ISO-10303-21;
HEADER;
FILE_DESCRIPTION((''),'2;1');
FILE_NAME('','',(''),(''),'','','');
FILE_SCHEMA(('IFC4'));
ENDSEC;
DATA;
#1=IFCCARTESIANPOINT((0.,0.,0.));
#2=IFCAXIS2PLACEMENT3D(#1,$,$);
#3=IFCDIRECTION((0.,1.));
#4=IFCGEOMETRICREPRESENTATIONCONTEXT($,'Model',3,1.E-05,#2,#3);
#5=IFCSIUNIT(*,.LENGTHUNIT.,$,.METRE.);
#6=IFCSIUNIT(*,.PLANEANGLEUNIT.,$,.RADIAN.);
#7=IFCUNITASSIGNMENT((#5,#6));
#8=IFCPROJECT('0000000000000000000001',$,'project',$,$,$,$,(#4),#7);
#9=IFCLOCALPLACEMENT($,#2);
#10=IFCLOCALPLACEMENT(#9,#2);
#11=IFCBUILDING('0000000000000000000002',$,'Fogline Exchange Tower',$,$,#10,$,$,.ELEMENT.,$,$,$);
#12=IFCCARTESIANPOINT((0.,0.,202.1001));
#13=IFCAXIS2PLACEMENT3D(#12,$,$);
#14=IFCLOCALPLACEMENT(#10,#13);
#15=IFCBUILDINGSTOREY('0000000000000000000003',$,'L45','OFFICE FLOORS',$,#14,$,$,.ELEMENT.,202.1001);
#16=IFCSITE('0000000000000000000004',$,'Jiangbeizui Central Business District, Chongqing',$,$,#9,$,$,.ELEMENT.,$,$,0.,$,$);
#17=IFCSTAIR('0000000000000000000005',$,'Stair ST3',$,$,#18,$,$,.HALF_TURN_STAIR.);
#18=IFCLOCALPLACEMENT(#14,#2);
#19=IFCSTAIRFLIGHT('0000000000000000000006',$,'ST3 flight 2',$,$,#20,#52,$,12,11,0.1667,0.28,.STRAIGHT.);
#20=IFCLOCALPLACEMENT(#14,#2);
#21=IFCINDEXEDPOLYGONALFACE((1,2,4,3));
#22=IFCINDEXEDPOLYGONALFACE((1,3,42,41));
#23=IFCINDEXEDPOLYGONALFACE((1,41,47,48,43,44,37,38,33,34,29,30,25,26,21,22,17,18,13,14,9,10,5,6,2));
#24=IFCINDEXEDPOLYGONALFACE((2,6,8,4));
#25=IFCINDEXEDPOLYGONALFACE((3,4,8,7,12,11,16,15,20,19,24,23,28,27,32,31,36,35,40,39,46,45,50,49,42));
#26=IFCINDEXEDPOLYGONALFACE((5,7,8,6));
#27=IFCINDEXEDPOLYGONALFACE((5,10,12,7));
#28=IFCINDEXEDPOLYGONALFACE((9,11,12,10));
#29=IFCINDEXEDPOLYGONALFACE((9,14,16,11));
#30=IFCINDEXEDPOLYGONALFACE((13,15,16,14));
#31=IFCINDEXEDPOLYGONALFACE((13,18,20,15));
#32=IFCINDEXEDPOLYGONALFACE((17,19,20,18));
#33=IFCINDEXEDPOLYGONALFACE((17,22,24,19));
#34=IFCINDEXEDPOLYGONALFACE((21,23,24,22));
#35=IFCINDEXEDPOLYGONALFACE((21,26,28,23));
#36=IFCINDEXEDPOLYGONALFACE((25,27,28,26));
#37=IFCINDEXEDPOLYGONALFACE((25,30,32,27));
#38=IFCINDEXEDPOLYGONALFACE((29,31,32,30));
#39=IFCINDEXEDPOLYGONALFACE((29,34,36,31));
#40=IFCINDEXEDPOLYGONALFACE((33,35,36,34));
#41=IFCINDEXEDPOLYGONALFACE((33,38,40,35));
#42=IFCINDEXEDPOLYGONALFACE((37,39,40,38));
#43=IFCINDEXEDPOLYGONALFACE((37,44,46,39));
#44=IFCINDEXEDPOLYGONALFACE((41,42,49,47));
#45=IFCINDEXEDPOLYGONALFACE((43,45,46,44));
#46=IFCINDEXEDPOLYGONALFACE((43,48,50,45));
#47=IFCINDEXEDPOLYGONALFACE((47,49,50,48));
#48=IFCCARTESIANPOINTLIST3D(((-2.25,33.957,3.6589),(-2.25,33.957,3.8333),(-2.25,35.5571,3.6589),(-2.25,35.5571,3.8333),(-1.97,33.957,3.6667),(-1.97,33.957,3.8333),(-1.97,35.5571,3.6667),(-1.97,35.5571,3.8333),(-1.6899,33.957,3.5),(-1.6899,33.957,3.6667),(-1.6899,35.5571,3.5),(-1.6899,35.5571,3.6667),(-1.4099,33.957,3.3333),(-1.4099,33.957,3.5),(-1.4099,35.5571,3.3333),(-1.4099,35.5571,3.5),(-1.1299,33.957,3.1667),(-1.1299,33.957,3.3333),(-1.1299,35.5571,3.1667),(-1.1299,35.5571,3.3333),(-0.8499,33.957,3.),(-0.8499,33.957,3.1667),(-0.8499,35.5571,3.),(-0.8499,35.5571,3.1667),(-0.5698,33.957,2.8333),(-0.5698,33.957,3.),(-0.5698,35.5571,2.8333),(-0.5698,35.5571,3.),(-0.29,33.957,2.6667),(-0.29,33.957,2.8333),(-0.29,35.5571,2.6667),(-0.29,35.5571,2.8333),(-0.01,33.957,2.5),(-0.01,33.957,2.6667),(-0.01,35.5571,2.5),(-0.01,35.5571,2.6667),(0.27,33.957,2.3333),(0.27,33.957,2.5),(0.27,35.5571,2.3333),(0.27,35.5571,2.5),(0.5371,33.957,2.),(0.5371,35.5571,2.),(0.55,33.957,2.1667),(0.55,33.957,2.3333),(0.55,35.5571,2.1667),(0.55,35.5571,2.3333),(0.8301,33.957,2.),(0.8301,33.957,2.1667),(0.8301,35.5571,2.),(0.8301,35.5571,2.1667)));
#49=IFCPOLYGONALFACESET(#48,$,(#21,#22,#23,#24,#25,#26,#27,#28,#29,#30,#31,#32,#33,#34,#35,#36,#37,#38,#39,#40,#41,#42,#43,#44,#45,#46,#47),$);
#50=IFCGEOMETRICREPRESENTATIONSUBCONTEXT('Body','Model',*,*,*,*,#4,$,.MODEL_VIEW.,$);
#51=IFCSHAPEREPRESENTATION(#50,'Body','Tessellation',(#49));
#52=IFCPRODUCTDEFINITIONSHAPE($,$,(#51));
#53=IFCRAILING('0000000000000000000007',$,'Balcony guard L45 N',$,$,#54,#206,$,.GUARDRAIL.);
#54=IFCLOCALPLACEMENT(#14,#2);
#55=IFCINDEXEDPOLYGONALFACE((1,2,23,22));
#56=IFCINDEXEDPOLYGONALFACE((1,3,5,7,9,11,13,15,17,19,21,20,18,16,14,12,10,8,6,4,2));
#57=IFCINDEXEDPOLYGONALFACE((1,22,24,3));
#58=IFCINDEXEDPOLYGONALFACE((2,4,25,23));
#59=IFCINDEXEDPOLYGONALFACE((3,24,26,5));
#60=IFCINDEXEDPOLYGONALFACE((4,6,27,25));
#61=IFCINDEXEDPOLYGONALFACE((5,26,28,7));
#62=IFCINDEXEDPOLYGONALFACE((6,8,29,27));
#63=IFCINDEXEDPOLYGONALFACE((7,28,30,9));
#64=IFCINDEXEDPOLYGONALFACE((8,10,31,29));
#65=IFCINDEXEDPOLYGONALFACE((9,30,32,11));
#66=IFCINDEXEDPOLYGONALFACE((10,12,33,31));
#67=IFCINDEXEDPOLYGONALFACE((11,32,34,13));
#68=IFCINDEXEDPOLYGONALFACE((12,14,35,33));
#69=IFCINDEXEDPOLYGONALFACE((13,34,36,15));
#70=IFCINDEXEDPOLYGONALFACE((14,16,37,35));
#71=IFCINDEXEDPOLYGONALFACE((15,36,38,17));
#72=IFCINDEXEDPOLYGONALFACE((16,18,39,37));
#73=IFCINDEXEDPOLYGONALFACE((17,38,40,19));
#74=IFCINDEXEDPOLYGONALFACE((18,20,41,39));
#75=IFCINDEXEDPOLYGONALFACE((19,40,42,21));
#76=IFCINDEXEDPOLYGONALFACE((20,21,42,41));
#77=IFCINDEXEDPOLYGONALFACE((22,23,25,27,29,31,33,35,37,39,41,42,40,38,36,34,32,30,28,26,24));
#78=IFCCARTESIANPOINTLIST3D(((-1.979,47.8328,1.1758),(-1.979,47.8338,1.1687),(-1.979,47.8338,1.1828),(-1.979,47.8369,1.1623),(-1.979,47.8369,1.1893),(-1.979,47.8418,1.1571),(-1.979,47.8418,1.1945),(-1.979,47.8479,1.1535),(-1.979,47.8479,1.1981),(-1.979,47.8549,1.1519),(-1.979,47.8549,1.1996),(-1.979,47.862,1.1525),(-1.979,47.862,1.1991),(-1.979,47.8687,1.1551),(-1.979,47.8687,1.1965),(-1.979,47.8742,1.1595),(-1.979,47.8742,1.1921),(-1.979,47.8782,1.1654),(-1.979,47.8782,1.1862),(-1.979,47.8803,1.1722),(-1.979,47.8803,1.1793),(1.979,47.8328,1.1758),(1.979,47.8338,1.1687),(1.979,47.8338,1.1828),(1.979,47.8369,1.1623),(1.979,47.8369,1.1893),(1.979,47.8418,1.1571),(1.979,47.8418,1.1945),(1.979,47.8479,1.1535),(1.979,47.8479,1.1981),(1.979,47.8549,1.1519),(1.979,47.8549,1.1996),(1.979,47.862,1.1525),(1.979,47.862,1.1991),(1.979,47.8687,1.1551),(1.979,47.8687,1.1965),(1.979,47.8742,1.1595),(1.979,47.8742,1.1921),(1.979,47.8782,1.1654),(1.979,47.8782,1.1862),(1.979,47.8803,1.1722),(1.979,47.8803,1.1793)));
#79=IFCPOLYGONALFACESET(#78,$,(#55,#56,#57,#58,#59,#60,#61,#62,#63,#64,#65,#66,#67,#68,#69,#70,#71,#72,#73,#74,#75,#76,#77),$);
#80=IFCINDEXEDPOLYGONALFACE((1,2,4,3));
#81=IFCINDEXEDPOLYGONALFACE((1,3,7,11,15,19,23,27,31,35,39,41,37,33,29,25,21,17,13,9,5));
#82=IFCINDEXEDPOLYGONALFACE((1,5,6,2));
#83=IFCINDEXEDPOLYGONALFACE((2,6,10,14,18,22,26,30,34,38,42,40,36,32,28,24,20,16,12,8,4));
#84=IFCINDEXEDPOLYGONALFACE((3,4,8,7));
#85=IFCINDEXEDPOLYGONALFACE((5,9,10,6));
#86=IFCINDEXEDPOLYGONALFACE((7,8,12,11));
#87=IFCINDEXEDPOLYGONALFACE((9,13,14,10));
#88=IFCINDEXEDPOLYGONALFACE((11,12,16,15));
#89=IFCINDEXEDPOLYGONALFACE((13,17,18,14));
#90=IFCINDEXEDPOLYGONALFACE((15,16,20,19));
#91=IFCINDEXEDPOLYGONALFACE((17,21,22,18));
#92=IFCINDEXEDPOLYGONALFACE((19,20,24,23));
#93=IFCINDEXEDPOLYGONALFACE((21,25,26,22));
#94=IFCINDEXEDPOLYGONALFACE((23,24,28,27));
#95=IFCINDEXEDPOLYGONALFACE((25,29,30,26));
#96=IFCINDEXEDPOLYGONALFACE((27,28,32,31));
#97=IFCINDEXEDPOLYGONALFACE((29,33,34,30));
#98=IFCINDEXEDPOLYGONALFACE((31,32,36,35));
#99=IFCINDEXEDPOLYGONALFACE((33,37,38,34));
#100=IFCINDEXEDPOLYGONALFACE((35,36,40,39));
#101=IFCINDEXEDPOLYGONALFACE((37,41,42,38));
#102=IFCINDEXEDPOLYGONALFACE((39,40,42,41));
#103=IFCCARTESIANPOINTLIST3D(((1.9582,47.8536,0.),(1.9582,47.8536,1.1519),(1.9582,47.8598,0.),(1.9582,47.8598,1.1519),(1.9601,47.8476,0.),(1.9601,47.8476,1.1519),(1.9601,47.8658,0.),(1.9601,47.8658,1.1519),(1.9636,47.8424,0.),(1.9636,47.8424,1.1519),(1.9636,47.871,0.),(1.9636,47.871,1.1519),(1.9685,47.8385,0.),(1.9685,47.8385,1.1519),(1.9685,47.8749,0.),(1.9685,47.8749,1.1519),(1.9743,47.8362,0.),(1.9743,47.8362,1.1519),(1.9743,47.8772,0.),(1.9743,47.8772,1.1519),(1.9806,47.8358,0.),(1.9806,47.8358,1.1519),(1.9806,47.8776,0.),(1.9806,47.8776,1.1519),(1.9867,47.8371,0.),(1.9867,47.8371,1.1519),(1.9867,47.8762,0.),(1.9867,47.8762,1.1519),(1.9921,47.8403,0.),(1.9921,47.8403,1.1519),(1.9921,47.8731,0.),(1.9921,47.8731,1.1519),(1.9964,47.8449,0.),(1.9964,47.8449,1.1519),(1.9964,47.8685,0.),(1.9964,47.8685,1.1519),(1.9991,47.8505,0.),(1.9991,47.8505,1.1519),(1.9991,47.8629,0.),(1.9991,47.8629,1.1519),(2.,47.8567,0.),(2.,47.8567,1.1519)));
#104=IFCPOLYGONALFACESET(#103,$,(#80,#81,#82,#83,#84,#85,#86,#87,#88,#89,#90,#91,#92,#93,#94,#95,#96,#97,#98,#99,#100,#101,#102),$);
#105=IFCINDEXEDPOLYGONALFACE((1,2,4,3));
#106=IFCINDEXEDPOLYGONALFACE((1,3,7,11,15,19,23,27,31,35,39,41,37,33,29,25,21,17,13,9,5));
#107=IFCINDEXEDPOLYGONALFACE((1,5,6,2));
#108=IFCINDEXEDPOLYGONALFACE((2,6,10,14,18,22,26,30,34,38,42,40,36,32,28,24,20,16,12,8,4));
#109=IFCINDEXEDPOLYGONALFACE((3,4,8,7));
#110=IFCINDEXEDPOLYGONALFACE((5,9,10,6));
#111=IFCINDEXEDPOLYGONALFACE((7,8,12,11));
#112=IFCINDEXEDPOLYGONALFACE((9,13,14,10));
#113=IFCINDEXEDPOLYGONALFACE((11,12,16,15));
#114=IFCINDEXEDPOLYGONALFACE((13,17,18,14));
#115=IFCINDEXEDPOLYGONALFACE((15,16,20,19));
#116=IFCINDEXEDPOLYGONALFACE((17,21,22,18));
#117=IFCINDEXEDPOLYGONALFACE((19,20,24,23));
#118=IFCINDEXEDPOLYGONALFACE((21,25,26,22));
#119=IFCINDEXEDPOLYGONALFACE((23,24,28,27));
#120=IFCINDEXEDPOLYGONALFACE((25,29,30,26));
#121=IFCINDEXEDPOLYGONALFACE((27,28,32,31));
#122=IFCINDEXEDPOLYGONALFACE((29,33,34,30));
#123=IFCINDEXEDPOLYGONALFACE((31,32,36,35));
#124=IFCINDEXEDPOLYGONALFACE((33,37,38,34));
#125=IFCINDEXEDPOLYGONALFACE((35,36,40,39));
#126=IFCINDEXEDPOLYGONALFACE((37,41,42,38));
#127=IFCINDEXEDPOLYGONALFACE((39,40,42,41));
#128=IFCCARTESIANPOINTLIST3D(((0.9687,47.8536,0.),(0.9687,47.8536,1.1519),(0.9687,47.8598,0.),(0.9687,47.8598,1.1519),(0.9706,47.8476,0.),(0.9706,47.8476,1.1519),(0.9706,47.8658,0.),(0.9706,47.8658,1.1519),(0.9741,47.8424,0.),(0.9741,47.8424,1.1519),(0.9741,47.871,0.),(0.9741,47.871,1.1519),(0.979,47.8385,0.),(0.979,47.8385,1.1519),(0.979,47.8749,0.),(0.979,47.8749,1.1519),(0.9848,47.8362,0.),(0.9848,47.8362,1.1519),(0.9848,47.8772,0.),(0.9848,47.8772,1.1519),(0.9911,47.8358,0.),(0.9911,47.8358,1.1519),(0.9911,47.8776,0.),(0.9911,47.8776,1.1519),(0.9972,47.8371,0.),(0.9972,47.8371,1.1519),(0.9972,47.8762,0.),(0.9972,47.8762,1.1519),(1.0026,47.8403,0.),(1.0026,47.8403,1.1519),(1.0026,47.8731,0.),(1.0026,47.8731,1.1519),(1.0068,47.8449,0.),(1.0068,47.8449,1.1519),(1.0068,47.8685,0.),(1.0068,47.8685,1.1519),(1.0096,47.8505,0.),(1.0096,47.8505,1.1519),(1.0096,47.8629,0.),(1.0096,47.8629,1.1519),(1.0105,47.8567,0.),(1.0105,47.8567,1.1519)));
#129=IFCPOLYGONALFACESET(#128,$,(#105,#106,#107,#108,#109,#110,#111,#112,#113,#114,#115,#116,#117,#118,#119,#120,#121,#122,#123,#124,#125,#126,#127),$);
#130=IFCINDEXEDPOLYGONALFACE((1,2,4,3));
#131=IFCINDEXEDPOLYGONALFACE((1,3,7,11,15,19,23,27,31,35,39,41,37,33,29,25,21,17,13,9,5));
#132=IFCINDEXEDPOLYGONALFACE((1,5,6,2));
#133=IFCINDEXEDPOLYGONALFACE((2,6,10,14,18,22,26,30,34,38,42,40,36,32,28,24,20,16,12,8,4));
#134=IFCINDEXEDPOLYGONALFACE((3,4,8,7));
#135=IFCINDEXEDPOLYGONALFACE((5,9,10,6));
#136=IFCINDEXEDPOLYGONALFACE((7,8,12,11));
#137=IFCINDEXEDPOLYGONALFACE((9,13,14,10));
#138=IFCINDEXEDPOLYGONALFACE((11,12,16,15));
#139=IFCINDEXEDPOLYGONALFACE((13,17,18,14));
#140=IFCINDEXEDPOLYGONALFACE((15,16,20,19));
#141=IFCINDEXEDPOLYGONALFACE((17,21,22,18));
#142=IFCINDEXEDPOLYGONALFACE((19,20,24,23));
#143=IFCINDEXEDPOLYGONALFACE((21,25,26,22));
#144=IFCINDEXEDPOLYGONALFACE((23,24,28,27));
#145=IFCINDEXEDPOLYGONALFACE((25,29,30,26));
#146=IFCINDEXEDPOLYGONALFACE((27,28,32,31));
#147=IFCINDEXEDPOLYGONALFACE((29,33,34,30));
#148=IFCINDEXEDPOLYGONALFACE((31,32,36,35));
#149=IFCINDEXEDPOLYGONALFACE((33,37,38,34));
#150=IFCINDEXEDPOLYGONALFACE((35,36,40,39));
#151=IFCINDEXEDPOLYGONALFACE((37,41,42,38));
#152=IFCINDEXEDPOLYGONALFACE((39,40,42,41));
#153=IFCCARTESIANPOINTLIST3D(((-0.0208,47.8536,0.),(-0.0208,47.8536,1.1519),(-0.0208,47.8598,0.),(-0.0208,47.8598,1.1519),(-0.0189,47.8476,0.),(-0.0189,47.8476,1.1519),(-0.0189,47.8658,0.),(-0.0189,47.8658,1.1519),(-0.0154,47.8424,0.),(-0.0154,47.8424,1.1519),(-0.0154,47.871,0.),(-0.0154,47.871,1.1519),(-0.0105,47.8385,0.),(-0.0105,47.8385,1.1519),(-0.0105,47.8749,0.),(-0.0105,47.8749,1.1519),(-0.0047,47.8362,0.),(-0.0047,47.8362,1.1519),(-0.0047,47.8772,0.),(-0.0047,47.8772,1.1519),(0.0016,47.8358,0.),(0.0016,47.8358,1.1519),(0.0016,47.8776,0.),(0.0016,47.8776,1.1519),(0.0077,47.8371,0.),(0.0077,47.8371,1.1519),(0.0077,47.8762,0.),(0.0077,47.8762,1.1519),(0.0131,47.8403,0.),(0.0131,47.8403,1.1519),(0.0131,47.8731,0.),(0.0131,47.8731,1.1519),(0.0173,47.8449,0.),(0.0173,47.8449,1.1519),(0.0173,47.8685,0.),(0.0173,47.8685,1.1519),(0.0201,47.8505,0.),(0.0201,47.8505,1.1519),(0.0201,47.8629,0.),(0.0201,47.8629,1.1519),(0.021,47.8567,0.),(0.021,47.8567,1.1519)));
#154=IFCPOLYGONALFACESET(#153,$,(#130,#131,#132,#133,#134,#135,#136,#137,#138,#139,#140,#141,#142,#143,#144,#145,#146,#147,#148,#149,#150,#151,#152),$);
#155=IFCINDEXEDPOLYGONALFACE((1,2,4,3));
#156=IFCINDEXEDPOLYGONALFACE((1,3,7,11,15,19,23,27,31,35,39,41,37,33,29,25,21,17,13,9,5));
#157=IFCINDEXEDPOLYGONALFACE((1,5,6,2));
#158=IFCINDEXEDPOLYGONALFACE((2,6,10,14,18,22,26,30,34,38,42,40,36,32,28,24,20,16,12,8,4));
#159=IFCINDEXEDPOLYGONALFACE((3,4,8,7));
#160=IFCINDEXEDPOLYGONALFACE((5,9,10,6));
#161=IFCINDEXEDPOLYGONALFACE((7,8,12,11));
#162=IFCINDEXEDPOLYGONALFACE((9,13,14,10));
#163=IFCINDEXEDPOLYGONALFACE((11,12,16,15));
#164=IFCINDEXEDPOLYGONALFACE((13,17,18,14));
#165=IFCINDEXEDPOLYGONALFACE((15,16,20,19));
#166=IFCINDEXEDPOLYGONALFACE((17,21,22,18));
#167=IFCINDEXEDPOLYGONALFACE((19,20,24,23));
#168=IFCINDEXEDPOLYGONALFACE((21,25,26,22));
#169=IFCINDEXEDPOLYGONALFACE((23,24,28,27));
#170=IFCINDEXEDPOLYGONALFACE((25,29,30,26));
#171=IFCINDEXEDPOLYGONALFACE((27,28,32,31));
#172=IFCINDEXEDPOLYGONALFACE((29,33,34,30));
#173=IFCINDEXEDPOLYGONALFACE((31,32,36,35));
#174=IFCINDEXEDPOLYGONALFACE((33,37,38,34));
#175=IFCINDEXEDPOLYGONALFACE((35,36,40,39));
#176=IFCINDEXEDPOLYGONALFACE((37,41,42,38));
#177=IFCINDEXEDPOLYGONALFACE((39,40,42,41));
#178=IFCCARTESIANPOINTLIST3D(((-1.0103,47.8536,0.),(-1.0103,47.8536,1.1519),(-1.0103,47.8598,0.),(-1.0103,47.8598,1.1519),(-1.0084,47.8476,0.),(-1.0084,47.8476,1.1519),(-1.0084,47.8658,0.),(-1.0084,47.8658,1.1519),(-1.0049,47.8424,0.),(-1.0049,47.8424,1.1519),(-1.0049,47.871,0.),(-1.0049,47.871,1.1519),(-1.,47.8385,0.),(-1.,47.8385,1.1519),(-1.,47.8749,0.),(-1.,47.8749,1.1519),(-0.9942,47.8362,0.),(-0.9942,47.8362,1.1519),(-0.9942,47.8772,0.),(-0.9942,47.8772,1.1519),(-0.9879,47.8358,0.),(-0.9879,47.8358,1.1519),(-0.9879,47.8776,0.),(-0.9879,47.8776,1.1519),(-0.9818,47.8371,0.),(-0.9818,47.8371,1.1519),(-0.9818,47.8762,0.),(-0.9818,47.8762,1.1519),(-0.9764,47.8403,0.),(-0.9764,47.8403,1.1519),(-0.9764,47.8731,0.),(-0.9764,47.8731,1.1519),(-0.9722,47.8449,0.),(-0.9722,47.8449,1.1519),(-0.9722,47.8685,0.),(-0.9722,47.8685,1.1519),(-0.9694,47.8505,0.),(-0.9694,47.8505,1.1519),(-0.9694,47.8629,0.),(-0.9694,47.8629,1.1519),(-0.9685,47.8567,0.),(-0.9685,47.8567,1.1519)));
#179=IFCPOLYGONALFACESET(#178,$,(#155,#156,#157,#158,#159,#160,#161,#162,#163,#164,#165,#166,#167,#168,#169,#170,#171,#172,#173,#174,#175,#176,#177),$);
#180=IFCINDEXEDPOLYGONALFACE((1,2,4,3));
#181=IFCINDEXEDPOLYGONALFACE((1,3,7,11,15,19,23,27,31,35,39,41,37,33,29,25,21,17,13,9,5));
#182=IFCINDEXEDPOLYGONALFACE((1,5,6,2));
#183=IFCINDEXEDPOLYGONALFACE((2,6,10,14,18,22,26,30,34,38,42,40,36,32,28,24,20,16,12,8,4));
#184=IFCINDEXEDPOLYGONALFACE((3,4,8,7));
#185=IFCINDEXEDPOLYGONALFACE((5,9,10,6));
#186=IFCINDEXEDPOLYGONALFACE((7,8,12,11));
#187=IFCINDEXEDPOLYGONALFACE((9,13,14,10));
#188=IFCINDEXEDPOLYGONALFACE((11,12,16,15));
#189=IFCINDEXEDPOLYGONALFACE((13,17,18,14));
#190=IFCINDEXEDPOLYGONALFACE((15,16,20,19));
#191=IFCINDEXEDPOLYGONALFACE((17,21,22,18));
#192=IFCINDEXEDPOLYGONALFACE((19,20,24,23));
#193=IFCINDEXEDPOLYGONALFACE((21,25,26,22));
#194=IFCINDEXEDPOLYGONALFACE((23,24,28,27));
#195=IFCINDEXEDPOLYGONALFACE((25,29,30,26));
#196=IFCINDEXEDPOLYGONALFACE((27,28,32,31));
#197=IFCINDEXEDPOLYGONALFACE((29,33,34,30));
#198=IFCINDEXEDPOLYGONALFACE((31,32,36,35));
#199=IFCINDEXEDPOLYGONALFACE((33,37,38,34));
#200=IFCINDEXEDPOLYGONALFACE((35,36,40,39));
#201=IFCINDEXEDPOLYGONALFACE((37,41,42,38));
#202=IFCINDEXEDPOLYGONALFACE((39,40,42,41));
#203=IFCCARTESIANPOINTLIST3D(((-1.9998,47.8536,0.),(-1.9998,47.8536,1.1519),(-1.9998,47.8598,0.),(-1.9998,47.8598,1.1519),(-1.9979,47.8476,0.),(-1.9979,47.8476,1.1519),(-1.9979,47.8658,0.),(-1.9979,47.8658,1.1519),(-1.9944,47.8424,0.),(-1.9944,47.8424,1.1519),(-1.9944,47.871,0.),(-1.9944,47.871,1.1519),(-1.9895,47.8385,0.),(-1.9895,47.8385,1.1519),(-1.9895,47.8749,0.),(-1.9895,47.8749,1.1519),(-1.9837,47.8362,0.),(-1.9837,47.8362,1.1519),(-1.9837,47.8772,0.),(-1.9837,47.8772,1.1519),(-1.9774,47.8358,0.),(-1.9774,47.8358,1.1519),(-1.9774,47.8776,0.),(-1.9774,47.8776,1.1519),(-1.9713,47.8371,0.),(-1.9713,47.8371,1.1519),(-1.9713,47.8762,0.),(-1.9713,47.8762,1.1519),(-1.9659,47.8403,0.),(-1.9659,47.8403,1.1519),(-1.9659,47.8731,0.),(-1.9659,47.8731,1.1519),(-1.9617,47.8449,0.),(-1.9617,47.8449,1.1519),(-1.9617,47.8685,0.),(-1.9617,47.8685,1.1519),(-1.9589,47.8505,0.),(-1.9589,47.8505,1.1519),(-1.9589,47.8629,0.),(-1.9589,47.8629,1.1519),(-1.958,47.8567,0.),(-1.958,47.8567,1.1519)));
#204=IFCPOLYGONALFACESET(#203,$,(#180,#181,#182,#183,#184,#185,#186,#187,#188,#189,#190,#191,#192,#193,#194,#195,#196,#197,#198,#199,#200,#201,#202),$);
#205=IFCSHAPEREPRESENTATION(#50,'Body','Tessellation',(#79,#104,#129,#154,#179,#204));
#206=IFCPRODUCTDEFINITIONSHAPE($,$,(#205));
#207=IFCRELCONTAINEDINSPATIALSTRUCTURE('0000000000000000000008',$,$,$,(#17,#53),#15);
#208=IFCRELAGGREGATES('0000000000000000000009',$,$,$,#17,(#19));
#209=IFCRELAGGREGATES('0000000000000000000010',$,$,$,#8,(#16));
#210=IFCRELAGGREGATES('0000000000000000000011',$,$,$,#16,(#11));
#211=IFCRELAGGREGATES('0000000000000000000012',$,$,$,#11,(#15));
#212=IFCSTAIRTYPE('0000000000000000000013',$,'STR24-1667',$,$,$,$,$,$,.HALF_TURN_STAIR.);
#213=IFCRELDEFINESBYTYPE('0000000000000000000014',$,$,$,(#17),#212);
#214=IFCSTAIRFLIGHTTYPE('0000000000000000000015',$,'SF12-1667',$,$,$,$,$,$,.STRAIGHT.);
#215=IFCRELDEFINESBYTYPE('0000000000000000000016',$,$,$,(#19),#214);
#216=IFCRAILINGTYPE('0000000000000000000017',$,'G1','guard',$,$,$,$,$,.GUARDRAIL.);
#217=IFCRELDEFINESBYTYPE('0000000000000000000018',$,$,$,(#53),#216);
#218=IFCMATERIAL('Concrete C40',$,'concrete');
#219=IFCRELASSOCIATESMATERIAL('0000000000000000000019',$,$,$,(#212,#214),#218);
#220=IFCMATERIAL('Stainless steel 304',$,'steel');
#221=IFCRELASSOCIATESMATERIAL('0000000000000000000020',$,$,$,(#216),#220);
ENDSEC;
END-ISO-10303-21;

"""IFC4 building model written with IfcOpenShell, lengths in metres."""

from ifc_helpers import new_model, si_unit, direction, frame, origin, origin_2d, place, context, subcontext, project, spatial, polyline, circle, outline, extrude, material, type_object, element, aggregate, save


model = new_model("IFC4")

# Units and contexts
model_context = context("Model", 3, precision=1e-05, world=origin(), true_north=direction((0.0, 1.0)))
body_context = subcontext(model_context, "Body", "Model", "MODEL_VIEW")
ifc_project = project(units=[si_unit("LENGTHUNIT", "METRE"), si_unit("PLANEANGLEUNIT", "RADIAN")], contexts=[model_context])

# Site, building, storey
site_placement = place(None, origin())
site = spatial("IfcSite", under=ifc_project, at=site_placement, Name="Jiangbeizui Central Business District, Chongqing", CompositionType="ELEMENT", RefElevation=0.0)
building_placement = place(site_placement, origin())
building = spatial("IfcBuilding", under=site, at=building_placement, Name="Fogline Exchange Tower", CompositionType="ELEMENT")
storey_placement = place(building_placement, frame((0.0, 0.0, 202.1001)))
storey = spatial("IfcBuildingStorey", under=building, at=storey_placement, Name="L45", Description="OFFICE FLOORS", CompositionType="ELEMENT", Elevation=202.1001)

# Shared definitions
ifc_material_1 = material(Name="Concrete C40", Category="concrete")

# Stair, stair flight
stair_type = type_object("IfcStairType", Name="STR24-1667", PredefinedType="HALF_TURN_STAIR", material=ifc_material_1)
stair_placement = place(storey_placement, origin())
stair = element("IfcStair", 1, at=stair_placement, inside=storey, type_object=stair_type, Name="Stair ST3", PredefinedType="HALF_TURN_STAIR")
stair_flight_type = type_object("IfcStairFlightType", Name="SF12-1667", PredefinedType="STRAIGHT", material=ifc_material_1)
stair_flight_placement = place(storey_placement, frame((0.8301, 34.7571, 2.0), z_axis=(0.0, 0.0, 1.0), x_axis=(-1.0, 0.0, 0.0)))
stair_flight = element("IfcStairFlight", 2, at=stair_flight_placement, type_object=stair_flight_type, Name="ST3 flight 2", NumberOfRisers=12, NumberOfTreads=11, PredefinedType="STRAIGHT", RiserHeight=0.1667, TreadLength=0.28, context=body_context, shape_type="SweptSolid", body=[
    extrude(outline(polyline([(0.0, 0.0), (0.0, 0.1667), (0.28, 0.1667), (0.28, 0.3333), (0.5601, 0.3333), (0.5601, 0.5), (0.8401, 0.5), (0.8401, 0.6667), (1.1201, 0.6667), (1.1201, 0.8333), (1.3999, 0.8333), (1.3999, 1.0), (1.6799, 1.0), (1.6799, 1.1667), (1.96, 1.1667), (1.96, 1.3333), (2.24, 1.3333), (2.24, 1.5), (2.52, 1.5), (2.52, 1.6667), (2.8, 1.6667), (2.8, 1.8333), (3.0801, 1.8333), (3.0801, 2.0), (3.0801, 1.6589), (0.293, 0.0), (0.0, 0.0)])), frame((0.0, 0.8, 0.0), z_axis=(0.0, -1.0, 0.0), x_axis=(1.0, 0.0, 0.0)), (0.0, 0.0, 1.0), 1.6001),
])
aggregate(stair, [stair_flight])

# Railing
ifc_material_2 = material(Name="Stainless steel 304", Category="steel")
railing_type = type_object("IfcRailingType", Name="G1", Description="guard", PredefinedType="GUARDRAIL", material=ifc_material_2)
railing_placement = place(storey_placement, frame((1.979, 47.8567, 0.0)))
element("IfcRailing", 3, at=railing_placement, inside=storey, type_object=railing_type, Name="Balcony guard L45 N", PredefinedType="GUARDRAIL", context=body_context, shape_type="SweptSolid", body=[
    extrude(circle(Radius=0.0239, at=origin_2d()), frame((0.0, 0.0, 1.1758), z_axis=(-1.0, 0.0, 0.0), x_axis=(0.0, -1.0, 0.0)), (0.0, 0.0, 1.0), 3.958),
    extrude(circle(Radius=0.021, at=origin_2d()), origin(), (0.0, 0.0, 1.0), 1.1519),
    extrude(circle(Radius=0.021, at=origin_2d()), frame((-0.9895, 0.0, 0.0)), (0.0, 0.0, 1.0), 1.1519),
    extrude(circle(Radius=0.021, at=origin_2d()), frame((-1.979, 0.0, 0.0)), (0.0, 0.0, 1.0), 1.1519),
    extrude(circle(Radius=0.021, at=origin_2d()), frame((-2.9685, 0.0, 0.0)), (0.0, 0.0, 1.0), 1.1519),
    extrude(circle(Radius=0.021, at=origin_2d()), frame((-3.958, 0.0, 0.0)), (0.0, 0.0, 1.0), 1.1519),
])

save(model, "model.ifc")
